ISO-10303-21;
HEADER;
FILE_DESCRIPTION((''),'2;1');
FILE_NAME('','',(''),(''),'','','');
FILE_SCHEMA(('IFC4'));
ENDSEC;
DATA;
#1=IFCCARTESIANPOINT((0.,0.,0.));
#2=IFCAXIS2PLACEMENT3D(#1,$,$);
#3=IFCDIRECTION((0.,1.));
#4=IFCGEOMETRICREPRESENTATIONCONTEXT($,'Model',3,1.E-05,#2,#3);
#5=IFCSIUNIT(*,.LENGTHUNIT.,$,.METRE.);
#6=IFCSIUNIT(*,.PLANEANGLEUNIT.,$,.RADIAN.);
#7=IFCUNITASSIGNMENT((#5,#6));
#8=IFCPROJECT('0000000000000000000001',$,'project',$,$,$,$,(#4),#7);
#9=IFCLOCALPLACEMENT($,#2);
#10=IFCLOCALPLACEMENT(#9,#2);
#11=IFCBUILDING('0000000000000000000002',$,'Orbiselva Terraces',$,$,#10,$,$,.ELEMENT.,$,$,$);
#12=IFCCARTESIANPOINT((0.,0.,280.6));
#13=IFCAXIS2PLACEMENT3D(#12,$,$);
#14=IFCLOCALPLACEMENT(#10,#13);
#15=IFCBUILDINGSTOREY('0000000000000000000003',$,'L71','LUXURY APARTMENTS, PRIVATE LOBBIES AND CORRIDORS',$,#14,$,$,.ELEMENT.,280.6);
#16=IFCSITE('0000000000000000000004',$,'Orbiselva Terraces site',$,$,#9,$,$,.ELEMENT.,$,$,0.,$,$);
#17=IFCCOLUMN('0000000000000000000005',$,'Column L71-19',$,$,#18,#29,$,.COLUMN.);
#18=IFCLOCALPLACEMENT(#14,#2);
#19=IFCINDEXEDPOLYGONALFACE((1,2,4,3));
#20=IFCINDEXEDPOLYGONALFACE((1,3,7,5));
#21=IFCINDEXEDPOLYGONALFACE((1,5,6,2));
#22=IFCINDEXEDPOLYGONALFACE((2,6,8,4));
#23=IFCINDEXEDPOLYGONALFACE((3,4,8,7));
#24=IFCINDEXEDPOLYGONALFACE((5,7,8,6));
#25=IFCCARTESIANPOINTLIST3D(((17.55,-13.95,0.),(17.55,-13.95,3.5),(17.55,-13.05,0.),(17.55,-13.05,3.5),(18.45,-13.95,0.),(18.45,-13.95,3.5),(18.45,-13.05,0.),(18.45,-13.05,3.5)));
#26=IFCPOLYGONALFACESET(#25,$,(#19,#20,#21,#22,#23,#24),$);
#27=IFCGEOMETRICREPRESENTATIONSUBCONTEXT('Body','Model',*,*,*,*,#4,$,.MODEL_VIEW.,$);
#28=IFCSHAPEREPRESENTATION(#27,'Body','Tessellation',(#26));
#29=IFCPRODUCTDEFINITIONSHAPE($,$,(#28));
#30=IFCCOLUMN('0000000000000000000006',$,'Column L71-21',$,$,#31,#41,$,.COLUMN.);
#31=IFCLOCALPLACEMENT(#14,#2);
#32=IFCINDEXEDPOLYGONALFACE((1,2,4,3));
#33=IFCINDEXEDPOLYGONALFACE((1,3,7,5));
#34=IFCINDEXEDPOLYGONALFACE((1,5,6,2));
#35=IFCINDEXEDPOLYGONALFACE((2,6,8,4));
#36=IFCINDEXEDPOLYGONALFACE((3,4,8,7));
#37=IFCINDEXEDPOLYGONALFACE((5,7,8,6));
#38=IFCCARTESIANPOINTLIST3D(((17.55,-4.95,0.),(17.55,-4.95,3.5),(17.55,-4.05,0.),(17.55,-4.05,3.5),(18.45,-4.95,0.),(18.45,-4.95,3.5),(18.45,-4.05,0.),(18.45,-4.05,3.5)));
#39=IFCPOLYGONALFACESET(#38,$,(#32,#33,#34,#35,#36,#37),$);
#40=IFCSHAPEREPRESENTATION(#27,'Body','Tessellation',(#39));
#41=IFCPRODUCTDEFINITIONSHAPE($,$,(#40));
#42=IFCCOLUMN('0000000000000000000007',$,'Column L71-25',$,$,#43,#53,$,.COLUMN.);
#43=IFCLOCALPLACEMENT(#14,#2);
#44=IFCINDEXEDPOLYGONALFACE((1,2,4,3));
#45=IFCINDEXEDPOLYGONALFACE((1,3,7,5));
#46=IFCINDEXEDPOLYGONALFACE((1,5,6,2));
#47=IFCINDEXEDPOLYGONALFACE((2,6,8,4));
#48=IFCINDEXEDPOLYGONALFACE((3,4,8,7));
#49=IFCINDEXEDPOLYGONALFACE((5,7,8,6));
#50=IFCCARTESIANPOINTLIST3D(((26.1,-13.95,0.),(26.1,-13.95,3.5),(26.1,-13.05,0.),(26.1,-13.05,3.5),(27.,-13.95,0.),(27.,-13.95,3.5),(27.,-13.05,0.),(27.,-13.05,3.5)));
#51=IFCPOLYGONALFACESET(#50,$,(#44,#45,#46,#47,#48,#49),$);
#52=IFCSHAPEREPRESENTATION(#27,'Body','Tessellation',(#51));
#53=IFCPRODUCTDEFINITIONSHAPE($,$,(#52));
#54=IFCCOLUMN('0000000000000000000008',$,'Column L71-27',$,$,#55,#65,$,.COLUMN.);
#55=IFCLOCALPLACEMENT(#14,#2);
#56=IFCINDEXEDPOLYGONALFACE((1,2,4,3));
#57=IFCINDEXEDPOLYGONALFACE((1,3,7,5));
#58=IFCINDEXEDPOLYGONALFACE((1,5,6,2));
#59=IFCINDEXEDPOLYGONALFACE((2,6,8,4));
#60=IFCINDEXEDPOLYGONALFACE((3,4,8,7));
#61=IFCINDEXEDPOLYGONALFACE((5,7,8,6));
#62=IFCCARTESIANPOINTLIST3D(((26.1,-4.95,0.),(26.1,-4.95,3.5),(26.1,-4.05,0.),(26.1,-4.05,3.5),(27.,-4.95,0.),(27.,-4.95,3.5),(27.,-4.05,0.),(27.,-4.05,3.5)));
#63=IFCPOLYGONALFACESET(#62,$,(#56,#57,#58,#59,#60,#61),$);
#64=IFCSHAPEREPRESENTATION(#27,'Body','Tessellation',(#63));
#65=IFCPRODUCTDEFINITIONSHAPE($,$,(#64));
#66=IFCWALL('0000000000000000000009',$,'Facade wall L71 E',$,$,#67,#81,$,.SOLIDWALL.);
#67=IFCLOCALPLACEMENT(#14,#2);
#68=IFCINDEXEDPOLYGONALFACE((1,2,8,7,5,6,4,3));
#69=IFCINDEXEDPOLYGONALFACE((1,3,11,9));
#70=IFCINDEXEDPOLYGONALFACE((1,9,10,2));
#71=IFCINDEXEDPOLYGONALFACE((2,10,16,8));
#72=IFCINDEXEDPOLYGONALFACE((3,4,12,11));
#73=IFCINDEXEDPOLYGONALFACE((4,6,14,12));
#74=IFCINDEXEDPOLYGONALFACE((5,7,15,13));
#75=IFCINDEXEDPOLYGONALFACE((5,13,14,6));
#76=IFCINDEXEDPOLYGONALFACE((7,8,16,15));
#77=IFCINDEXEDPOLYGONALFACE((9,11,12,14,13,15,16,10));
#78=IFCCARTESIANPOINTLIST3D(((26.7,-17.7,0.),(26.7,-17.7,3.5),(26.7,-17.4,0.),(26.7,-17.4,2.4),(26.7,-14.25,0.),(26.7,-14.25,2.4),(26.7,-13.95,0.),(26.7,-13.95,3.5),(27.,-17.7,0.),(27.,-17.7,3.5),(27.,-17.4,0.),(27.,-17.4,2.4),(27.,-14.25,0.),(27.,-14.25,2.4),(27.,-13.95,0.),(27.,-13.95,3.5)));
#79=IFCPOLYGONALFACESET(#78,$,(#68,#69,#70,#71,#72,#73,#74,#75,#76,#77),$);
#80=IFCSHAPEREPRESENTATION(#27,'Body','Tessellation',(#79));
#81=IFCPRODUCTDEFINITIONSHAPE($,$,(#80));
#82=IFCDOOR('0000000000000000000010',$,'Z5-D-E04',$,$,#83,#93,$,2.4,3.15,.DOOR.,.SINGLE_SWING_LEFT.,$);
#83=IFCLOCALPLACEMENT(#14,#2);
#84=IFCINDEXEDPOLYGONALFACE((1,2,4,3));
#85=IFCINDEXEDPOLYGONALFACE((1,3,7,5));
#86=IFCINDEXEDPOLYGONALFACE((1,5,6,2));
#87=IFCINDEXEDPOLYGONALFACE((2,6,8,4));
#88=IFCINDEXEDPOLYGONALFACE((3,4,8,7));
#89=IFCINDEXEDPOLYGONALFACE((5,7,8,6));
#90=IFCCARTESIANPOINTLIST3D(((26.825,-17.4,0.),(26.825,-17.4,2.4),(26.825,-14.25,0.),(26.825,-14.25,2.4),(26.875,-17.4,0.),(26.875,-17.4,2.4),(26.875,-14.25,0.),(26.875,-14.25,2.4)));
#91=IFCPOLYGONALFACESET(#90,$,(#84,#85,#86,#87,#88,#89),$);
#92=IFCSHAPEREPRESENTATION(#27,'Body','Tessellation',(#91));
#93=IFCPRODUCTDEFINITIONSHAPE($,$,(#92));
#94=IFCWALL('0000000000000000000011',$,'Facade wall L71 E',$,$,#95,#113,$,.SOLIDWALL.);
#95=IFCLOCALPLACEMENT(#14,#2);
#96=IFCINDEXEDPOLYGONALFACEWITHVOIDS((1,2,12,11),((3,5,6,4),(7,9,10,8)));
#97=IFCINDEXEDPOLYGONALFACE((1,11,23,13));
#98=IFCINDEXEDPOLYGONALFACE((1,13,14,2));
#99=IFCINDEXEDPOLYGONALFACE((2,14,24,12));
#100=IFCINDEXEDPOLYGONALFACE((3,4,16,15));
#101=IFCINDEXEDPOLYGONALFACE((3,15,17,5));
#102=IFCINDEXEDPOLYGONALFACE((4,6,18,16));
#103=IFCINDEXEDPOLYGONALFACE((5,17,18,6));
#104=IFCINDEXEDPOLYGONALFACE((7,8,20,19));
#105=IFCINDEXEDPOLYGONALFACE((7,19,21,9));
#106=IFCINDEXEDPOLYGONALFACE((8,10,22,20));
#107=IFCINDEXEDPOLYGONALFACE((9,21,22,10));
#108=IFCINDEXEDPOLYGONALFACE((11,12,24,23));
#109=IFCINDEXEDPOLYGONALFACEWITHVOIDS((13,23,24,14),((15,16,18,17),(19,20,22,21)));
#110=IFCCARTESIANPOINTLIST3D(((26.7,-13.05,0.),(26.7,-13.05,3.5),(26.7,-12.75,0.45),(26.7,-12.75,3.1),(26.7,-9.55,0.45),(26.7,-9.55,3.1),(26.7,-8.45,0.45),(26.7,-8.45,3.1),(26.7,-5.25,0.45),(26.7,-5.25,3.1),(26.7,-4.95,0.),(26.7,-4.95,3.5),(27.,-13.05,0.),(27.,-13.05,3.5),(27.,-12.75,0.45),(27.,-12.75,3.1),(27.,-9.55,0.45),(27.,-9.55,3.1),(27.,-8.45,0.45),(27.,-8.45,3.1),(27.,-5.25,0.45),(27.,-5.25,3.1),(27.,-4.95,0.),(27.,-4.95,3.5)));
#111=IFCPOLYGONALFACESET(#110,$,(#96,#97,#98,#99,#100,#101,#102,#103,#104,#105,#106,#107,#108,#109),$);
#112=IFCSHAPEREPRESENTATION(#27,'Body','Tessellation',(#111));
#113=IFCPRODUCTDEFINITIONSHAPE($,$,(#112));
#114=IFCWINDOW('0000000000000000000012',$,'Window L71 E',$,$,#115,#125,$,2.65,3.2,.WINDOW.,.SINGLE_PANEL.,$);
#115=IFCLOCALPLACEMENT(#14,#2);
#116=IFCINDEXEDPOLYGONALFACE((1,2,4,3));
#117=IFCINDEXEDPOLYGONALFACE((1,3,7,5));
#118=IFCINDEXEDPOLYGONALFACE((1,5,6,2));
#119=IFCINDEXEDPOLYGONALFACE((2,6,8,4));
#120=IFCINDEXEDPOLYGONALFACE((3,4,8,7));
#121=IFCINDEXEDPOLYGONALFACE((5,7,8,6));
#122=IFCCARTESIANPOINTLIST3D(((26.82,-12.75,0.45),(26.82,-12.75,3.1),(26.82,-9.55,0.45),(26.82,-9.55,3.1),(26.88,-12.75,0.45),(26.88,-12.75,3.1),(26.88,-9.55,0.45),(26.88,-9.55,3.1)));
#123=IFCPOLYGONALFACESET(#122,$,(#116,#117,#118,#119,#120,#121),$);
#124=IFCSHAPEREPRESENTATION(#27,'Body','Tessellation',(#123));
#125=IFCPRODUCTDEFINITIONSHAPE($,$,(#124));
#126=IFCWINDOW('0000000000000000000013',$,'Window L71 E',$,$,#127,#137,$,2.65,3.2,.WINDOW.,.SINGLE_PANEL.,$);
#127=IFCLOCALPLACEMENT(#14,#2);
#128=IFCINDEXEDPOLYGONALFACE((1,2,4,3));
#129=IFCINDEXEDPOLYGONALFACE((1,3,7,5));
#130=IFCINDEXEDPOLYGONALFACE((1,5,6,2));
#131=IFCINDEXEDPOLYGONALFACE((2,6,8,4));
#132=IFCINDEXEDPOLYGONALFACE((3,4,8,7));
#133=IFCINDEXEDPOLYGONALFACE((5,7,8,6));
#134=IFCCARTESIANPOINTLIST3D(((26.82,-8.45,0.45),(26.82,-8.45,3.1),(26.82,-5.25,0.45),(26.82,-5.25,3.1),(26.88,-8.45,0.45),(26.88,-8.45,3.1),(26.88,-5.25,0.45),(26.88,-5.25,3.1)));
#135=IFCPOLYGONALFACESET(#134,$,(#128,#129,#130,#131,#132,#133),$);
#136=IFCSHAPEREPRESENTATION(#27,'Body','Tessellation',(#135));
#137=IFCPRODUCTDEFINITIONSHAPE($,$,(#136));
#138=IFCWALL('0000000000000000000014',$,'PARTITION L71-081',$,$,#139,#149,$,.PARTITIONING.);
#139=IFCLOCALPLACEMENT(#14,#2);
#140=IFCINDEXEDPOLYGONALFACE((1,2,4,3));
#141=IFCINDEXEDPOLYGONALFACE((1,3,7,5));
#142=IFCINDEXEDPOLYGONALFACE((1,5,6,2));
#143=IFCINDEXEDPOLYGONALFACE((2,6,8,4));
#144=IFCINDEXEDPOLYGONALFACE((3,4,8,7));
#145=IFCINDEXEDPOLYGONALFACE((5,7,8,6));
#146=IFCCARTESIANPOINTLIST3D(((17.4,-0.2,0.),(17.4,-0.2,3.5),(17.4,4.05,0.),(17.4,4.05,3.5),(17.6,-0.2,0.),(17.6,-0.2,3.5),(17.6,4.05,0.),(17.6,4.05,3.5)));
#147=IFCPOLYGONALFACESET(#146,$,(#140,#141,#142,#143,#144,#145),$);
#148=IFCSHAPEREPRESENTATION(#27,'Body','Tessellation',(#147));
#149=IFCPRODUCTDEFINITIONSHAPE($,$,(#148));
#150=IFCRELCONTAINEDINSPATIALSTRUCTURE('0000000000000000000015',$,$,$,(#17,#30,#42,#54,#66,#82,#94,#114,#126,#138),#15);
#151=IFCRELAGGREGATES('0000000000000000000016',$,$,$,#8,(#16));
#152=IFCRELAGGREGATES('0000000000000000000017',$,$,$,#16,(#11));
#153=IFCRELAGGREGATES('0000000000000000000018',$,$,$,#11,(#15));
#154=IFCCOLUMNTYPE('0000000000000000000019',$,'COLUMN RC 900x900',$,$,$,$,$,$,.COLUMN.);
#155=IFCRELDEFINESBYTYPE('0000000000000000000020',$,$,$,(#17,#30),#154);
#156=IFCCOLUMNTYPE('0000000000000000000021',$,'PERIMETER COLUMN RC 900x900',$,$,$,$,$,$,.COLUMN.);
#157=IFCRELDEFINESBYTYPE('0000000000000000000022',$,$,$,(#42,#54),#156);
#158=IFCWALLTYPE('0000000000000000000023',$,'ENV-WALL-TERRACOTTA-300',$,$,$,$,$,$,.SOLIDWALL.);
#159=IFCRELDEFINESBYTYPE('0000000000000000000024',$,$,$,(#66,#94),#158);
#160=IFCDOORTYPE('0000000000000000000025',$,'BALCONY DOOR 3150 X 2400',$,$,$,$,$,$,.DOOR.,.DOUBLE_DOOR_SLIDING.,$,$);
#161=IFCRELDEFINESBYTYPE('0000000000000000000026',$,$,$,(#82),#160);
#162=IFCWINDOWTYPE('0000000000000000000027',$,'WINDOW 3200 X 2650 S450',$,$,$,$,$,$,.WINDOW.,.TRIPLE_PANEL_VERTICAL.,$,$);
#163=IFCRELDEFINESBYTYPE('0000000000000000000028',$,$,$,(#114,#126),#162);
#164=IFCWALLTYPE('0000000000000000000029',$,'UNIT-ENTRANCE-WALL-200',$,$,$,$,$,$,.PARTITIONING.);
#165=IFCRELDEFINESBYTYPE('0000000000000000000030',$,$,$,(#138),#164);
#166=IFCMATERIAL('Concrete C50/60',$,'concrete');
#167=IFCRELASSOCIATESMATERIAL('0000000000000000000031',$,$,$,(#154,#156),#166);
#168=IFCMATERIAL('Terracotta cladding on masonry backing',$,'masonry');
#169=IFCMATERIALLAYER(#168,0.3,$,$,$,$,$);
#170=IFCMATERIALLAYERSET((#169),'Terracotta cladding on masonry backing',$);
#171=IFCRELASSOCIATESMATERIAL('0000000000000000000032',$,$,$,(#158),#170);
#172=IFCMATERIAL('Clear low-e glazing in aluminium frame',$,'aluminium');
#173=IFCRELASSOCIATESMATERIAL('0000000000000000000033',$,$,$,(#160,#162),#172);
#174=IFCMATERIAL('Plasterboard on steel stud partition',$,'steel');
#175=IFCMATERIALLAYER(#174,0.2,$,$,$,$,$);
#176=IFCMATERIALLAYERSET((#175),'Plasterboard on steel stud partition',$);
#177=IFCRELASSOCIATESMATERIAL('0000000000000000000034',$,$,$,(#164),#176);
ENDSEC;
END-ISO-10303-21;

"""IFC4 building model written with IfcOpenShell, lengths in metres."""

from ifc_helpers import new_model, si_unit, direction, frame, frame_2d, origin, origin_2d, place, context, subcontext, project, spatial, rectangle, extrude, material, layer, layer_set, material_profile, profile_set, type_object, element, fill, save


model = new_model("IFC4")

# Units and contexts
model_context = context("Model", 3, precision=1e-05, world=origin(), true_north=direction((0.0, 1.0)))
body_context = subcontext(model_context, "Body", "Model", "MODEL_VIEW")
ifc_project = project(units=[si_unit("LENGTHUNIT", "METRE"), si_unit("PLANEANGLEUNIT", "RADIAN")], contexts=[model_context])

# Site, building, storey
site_placement = place(None, origin())
site = spatial("IfcSite", under=ifc_project, at=site_placement, Name="Orbiselva Terraces site", CompositionType="ELEMENT", RefElevation=0.0)
building_placement = place(site_placement, origin())
building = spatial("IfcBuilding", under=site, at=building_placement, Name="Orbiselva Terraces", CompositionType="ELEMENT")
storey_placement = place(building_placement, frame((0.0, 0.0, 280.6)))
storey = spatial("IfcBuildingStorey", under=building, at=storey_placement, Name="L71", Description="LUXURY APARTMENTS, PRIVATE LOBBIES AND CORRIDORS", CompositionType="ELEMENT", Elevation=280.6)

# Columns
ifc_material_1 = material(Name="Concrete C50/60", Category="concrete")
ifc_material_profile_1 = material_profile(ifc_material_1, rectangle(XDim=0.9, YDim=0.9, at=origin_2d()), Name="RC 900x900")
ifc_profile_set_1 = profile_set([ifc_material_profile_1], Name="Concrete C50/60")
column_type_1 = type_object("IfcColumnType", Name="COLUMN RC 900x900", PredefinedType="COLUMN", material=ifc_profile_set_1)
for number, where, z_axis, x_axis, name in (
    (1, (18.0, -13.5, 0.0), (0.0, 0.0, 1.0), (1.0, 0.0, 0.0), "Column L71-19"),
    (2, (18.0, -4.5, 0.0), (0.0, 0.0, 1.0), (1.0, 0.0, 0.0), "Column L71-21"),
):
    element("IfcColumn", number, at=place(storey_placement, frame(where, z_axis=z_axis, x_axis=x_axis)), inside=storey, type_object=column_type_1, Name=name, PredefinedType="COLUMN", context=body_context, shape_type="SweptSolid", body=[
        extrude(rectangle(XDim=0.9, YDim=0.9, at=origin_2d()), origin(), (0.0, 0.0, 1.0), 3.5),
    ])
ifc_material_profile_2 = material_profile(ifc_material_1, rectangle(XDim=0.9, YDim=0.9, at=origin_2d()), Name="RC 900x900")
ifc_profile_set_2 = profile_set([ifc_material_profile_2], Name="Concrete C50/60")
column_type_2 = type_object("IfcColumnType", Name="PERIMETER COLUMN RC 900x900", PredefinedType="COLUMN", material=ifc_profile_set_2)
for number, where, z_axis, x_axis, name in (
    (3, (26.55, -13.5, 0.0), (0.0, 0.0, 1.0), (1.0, 0.0, 0.0), "Column L71-25"),
    (4, (26.55, -4.5, 0.0), (0.0, 0.0, 1.0), (1.0, 0.0, 0.0), "Column L71-27"),
):
    element("IfcColumn", number, at=place(storey_placement, frame(where, z_axis=z_axis, x_axis=x_axis)), inside=storey, type_object=column_type_2, Name=name, PredefinedType="COLUMN", context=body_context, shape_type="SweptSolid", body=[
        extrude(rectangle(XDim=0.9, YDim=0.9, at=origin_2d()), origin(), (0.0, 0.0, 1.0), 3.5),
    ])

# Wall, opening, door
ifc_material_2 = material(Name="Terracotta cladding on masonry backing", Category="masonry")
ifc_layer_1 = layer(ifc_material_2, 0.3)
ifc_layer_set_1 = layer_set([ifc_layer_1], Name="Terracotta cladding on masonry backing")
wall_type_1 = type_object("IfcWallType", Name="ENV-WALL-TERRACOTTA-300", PredefinedType="SOLIDWALL", material=ifc_layer_set_1)
wall_1_placement = place(storey_placement, frame((26.85, -13.95, 0.0), z_axis=(0.0, 0.0, 1.0), x_axis=(0.0, -1.0, 0.0)))
wall_1 = element("IfcWall", 5, at=wall_1_placement, inside=storey, type_object=wall_type_1, Name="Facade wall L71 E", PredefinedType="SOLIDWALL", context=body_context, shape_type="SweptSolid", body=[
    extrude(rectangle(XDim=3.75, YDim=0.3, at=frame_2d((1.875, 0.0))), origin(), (0.0, 0.0, 1.0), 3.5),
])
opening_1_placement = place(wall_1_placement, frame((0.3, 0.0, 0.0)))
opening_1 = element("IfcOpeningElement", 6, at=opening_1_placement, cuts=wall_1, PredefinedType="OPENING", context=body_context, shape_type="SweptSolid", body=[
    extrude(rectangle(XDim=3.15, YDim=2.4, at=frame_2d((1.575, 1.2))), frame((0.0, 0.16, 0.0), z_axis=(0.0, -1.0, 0.0), x_axis=(1.0, 0.0, 0.0)), (0.0, 0.0, 1.0), 0.32),
])
ifc_material_3 = material(Name="Clear low-e glazing in aluminium frame", Category="aluminium")
door_type_1 = type_object("IfcDoorType", Name="BALCONY DOOR 3150 X 2400", OperationType="DOUBLE_DOOR_SLIDING", PredefinedType="DOOR", material=ifc_material_3)
door_1_placement = place(opening_1_placement, origin())
door_1 = element("IfcDoor", 7, at=door_1_placement, inside=storey, type_object=door_type_1, Name="Z5-D-E04", OperationType="SINGLE_SWING_LEFT", OverallHeight=2.4, OverallWidth=3.15, PredefinedType="DOOR", context=body_context, shape_type="SweptSolid", body=[
    extrude(rectangle(XDim=3.15, YDim=2.4, at=frame_2d((1.575, 1.2))), frame((0.0, 0.025, 0.0), z_axis=(0.0, -1.0, 0.0), x_axis=(1.0, 0.0, 0.0)), (0.0, 0.0, 1.0), 0.05),
])
fill(opening_1, door_1)

# Wall, openings, windows
wall_2_placement = place(storey_placement, frame((26.85, -4.95, 0.0), z_axis=(0.0, 0.0, 1.0), x_axis=(0.0, -1.0, 0.0)))
wall_2 = element("IfcWall", 8, at=wall_2_placement, inside=storey, type_object=wall_type_1, Name="Facade wall L71 E", PredefinedType="SOLIDWALL", context=body_context, shape_type="SweptSolid", body=[
    extrude(rectangle(XDim=8.1, YDim=0.3, at=frame_2d((4.05, 0.0))), origin(), (0.0, 0.0, 1.0), 3.5),
])
opening_2_placement = place(wall_2_placement, frame((4.6, 0.0, 0.45)))
opening_2 = element("IfcOpeningElement", 9, at=opening_2_placement, cuts=wall_2, PredefinedType="OPENING", context=body_context, shape_type="SweptSolid", body=[
    extrude(rectangle(XDim=3.2, YDim=2.65, at=frame_2d((1.6, 1.325))), frame((0.0, 0.16, 0.0), z_axis=(0.0, -1.0, 0.0), x_axis=(1.0, 0.0, 0.0)), (0.0, 0.0, 1.0), 0.32),
])
opening_3_placement = place(wall_2_placement, frame((0.3, 0.0, 0.45)))
opening_3 = element("IfcOpeningElement", 10, at=opening_3_placement, cuts=wall_2, PredefinedType="OPENING", context=body_context, shape_type="SweptSolid", body=[
    extrude(rectangle(XDim=3.2, YDim=2.65, at=frame_2d((1.6, 1.325))), frame((0.0, 0.16, 0.0), z_axis=(0.0, -1.0, 0.0), x_axis=(1.0, 0.0, 0.0)), (0.0, 0.0, 1.0), 0.32),
])
window_type = type_object("IfcWindowType", Name="WINDOW 3200 X 2650 S450", PartitioningType="TRIPLE_PANEL_VERTICAL", PredefinedType="WINDOW", material=ifc_material_3)
window_1_placement = place(opening_2_placement, origin())
window_1 = element("IfcWindow", 11, at=window_1_placement, inside=storey, type_object=window_type, Name="Window L71 E", OverallHeight=2.65, OverallWidth=3.2, PartitioningType="SINGLE_PANEL", PredefinedType="WINDOW", context=body_context, shape_type="SweptSolid", body=[
    extrude(rectangle(XDim=3.2, YDim=2.65, at=frame_2d((1.6, 1.325))), frame((0.0, 0.03, 0.0), z_axis=(0.0, -1.0, 0.0), x_axis=(1.0, 0.0, 0.0)), (0.0, 0.0, 1.0), 0.06),
])
fill(opening_2, window_1)
window_2_placement = place(opening_3_placement, origin())
window_2 = element("IfcWindow", 12, at=window_2_placement, inside=storey, type_object=window_type, Name="Window L71 E", OverallHeight=2.65, OverallWidth=3.2, PartitioningType="SINGLE_PANEL", PredefinedType="WINDOW", context=body_context, shape_type="SweptSolid", body=[
    extrude(rectangle(XDim=3.2, YDim=2.65, at=frame_2d((1.6, 1.325))), frame((0.0, 0.03, 0.0), z_axis=(0.0, -1.0, 0.0), x_axis=(1.0, 0.0, 0.0)), (0.0, 0.0, 1.0), 0.06),
])
fill(opening_3, window_2)

# Wall
ifc_material_4 = material(Name="Plasterboard on steel stud partition", Category="steel")
ifc_layer_2 = layer(ifc_material_4, 0.2)
ifc_layer_set_2 = layer_set([ifc_layer_2], Name="Plasterboard on steel stud partition")
wall_type_2 = type_object("IfcWallType", Name="UNIT-ENTRANCE-WALL-200", PredefinedType="PARTITIONING", material=ifc_layer_set_2)
wall_3_placement = place(storey_placement, frame((17.5, -0.2, 0.0), z_axis=(0.0, 0.0, 1.0), x_axis=(0.0, 1.0, 0.0)))
element("IfcWall", 13, at=wall_3_placement, inside=storey, type_object=wall_type_2, Name="PARTITION L71-081", PredefinedType="PARTITIONING", context=body_context, shape_type="SweptSolid", body=[
    extrude(rectangle(XDim=4.25, YDim=0.2, at=frame_2d((2.125, 0.0))), origin(), (0.0, 0.0, 1.0), 3.5),
])

save(model, "model.ifc")
